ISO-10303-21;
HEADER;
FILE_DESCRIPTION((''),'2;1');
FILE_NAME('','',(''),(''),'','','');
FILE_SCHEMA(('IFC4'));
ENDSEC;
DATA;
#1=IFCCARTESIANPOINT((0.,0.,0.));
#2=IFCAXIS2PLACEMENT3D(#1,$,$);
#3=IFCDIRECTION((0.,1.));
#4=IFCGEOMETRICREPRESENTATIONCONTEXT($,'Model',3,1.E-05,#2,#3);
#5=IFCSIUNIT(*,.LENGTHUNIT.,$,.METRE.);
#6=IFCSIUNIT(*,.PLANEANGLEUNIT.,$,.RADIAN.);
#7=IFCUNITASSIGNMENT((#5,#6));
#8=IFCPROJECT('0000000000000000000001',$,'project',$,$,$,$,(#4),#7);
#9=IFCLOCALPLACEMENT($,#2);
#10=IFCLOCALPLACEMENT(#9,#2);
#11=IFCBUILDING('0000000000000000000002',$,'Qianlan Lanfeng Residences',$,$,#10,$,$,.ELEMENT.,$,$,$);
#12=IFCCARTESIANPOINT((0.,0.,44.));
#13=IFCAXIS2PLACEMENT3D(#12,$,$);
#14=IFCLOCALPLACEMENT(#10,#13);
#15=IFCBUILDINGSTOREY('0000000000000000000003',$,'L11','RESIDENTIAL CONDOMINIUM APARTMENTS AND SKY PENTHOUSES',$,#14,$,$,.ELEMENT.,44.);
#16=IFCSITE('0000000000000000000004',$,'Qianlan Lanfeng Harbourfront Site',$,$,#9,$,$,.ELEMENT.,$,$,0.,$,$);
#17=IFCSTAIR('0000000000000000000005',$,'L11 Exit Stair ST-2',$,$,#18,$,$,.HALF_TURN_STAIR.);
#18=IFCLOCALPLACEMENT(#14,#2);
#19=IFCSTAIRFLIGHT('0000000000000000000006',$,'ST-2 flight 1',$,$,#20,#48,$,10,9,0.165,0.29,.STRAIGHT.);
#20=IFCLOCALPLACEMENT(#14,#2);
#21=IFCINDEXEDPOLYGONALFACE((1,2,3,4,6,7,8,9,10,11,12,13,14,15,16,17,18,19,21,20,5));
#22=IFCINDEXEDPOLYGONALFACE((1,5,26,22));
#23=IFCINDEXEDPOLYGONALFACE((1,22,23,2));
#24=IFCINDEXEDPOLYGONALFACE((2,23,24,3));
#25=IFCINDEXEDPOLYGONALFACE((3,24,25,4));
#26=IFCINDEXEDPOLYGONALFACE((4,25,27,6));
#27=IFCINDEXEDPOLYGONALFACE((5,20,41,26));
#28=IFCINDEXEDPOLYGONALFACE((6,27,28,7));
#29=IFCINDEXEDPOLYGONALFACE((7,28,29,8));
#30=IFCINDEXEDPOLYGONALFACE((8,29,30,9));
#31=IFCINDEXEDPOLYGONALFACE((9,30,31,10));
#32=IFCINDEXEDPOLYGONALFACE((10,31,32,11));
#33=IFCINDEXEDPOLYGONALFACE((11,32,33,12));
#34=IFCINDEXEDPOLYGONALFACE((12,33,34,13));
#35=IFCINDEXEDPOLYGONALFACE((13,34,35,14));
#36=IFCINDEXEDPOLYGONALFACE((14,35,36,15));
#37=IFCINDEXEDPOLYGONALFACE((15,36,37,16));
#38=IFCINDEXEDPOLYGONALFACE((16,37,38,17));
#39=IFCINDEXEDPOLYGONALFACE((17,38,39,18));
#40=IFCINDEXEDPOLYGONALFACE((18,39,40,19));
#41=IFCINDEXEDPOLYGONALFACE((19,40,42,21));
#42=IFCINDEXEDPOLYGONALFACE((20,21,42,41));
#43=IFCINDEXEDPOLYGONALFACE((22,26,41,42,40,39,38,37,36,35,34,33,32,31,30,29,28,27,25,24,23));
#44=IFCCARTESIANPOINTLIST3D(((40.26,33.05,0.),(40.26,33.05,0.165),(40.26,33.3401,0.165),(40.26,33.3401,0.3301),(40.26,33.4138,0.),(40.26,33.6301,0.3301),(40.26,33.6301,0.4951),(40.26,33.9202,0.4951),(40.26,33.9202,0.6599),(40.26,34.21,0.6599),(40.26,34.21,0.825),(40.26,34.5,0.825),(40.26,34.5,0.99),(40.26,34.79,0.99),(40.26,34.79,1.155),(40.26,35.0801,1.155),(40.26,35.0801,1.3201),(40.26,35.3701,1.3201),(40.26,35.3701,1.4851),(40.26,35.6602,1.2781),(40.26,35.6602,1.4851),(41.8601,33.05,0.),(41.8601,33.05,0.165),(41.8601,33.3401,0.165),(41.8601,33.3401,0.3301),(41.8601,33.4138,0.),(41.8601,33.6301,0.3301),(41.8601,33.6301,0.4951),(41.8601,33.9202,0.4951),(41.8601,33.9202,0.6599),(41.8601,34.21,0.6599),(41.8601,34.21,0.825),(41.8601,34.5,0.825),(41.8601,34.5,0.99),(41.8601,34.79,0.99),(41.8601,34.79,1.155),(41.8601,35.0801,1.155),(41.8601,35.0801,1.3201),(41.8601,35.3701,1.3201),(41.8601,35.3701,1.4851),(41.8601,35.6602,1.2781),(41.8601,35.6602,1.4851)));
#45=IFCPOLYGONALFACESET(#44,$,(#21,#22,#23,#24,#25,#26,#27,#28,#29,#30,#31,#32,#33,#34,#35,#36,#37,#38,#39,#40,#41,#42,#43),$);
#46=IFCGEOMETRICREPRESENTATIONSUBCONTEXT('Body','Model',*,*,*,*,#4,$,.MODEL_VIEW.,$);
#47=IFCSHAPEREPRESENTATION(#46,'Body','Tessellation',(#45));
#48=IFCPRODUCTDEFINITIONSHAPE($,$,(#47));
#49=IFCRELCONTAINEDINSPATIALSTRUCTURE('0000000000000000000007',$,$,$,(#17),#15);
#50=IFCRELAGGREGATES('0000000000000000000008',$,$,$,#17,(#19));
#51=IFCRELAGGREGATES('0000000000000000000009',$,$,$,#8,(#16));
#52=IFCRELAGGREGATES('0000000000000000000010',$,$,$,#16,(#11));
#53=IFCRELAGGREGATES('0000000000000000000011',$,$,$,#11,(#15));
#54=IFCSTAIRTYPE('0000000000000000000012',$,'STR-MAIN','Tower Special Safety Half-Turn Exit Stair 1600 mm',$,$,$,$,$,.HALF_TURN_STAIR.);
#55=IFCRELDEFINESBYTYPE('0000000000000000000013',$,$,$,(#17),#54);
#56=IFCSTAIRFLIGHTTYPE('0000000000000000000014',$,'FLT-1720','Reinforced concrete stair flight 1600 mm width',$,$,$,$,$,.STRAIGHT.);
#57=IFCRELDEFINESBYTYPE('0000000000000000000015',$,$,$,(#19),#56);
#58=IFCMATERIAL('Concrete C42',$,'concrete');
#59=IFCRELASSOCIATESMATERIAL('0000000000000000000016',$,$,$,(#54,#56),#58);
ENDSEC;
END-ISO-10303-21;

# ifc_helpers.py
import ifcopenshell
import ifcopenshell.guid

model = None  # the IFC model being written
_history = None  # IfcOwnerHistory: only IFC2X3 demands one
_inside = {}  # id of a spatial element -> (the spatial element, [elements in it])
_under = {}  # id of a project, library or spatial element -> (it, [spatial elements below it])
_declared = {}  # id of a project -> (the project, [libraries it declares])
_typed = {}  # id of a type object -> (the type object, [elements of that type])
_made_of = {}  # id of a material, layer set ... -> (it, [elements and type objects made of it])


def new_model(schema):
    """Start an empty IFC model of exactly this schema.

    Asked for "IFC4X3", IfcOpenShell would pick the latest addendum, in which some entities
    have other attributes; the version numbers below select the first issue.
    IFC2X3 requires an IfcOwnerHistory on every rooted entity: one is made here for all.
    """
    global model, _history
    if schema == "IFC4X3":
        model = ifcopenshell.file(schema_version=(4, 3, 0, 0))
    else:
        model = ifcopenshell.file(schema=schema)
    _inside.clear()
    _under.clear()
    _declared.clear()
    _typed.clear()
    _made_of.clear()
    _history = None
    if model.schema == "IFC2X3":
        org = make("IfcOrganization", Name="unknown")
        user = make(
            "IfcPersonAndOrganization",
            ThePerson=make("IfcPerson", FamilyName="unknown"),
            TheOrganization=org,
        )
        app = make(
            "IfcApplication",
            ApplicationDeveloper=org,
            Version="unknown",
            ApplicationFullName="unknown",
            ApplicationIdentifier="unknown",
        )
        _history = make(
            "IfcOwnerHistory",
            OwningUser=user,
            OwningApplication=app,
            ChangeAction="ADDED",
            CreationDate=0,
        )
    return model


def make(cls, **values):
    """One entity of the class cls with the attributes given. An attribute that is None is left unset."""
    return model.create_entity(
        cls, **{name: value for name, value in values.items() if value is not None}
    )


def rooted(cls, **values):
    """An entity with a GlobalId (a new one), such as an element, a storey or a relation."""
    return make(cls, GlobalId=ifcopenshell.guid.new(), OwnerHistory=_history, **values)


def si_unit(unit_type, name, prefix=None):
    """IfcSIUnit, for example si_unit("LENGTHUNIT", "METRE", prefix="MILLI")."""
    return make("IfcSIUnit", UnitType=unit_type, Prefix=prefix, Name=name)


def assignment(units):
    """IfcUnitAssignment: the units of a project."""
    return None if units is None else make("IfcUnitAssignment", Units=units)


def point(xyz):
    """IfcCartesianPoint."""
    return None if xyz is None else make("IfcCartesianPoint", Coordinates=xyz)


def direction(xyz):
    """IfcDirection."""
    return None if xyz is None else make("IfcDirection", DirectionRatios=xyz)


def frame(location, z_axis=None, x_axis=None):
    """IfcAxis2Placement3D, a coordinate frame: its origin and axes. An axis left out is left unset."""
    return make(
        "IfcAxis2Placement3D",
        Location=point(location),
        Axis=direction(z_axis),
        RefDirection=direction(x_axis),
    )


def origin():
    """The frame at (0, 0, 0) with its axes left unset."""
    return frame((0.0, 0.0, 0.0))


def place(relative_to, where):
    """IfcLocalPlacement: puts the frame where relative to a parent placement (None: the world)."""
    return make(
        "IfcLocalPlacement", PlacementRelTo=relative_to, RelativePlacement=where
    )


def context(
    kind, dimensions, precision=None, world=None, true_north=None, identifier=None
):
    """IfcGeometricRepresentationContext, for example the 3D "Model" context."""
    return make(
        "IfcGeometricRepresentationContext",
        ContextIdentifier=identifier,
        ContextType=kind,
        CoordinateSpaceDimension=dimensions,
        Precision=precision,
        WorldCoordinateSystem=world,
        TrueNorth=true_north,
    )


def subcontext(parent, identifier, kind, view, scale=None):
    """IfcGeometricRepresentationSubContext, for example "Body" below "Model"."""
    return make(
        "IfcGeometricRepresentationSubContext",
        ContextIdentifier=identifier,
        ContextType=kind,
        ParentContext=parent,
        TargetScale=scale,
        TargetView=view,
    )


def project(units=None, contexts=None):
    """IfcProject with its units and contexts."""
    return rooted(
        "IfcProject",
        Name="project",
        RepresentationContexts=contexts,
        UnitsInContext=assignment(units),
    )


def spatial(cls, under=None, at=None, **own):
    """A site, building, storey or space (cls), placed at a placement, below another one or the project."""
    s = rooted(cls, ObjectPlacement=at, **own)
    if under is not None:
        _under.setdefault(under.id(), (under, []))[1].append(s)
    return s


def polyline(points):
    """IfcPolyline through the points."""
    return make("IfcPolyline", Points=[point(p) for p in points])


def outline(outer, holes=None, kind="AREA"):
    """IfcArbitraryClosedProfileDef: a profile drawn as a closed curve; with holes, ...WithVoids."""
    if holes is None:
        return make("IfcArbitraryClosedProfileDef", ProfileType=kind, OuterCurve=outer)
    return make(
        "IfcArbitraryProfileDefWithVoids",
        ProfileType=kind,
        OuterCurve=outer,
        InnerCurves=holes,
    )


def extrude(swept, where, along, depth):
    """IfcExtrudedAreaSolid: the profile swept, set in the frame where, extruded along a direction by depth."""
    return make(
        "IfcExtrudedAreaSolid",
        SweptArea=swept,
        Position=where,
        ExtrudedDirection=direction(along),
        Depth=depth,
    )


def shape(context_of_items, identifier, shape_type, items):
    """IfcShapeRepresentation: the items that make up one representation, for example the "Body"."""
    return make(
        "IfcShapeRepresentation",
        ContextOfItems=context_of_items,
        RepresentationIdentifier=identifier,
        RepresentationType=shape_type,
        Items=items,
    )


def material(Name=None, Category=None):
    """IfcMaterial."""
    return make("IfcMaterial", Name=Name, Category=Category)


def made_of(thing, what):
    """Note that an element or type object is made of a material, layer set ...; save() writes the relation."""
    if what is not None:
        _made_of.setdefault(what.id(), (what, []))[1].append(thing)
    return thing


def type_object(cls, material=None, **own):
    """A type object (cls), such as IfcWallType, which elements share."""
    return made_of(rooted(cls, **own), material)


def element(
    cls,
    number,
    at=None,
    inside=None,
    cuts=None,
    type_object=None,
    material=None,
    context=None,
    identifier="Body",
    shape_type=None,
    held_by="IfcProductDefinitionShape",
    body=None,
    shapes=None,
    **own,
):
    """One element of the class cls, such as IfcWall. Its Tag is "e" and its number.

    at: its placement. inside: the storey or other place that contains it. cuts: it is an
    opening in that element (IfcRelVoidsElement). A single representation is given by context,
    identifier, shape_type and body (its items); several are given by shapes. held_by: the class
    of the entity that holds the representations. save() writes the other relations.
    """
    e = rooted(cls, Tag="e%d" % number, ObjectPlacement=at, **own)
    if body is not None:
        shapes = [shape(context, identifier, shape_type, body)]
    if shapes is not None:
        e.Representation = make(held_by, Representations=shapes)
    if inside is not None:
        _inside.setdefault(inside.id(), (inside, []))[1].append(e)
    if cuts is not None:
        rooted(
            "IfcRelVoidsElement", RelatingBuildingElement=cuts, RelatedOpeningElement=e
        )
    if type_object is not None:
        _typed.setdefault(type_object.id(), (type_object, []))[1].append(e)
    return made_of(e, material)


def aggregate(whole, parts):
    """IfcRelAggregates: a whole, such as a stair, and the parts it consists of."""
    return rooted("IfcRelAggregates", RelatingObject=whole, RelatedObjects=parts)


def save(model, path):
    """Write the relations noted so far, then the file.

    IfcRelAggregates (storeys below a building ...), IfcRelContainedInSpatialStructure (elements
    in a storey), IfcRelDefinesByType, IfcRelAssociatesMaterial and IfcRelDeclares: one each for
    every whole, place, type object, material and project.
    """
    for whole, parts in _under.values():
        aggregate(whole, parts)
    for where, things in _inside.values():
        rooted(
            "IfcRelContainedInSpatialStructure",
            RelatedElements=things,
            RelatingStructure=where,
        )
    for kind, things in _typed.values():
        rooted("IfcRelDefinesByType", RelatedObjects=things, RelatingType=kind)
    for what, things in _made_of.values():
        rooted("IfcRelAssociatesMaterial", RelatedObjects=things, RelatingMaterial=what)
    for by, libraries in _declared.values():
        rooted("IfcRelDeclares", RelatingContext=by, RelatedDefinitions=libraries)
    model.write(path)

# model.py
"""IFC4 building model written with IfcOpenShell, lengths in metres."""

from ifc_helpers import new_model, si_unit, direction, frame, origin, place, context, subcontext, project, spatial, polyline, outline, extrude, material, type_object, element, aggregate, save


model = new_model("IFC4")

# Units and contexts
model_context = context("Model", 3, precision=1e-05, world=origin(), true_north=direction((0.0, 1.0)))
body_context = subcontext(model_context, "Body", "Model", "MODEL_VIEW")
ifc_project = project(units=[si_unit("LENGTHUNIT", "METRE"), si_unit("PLANEANGLEUNIT", "RADIAN")], contexts=[model_context])

# Site, building, storey
site_placement = place(None, origin())
site = spatial("IfcSite", under=ifc_project, at=site_placement, Name="Qianlan Lanfeng Harbourfront Site", CompositionType="ELEMENT", RefElevation=0.0)
building_placement = place(site_placement, origin())
building = spatial("IfcBuilding", under=site, at=building_placement, Name="Qianlan Lanfeng Residences", CompositionType="ELEMENT")
storey_placement = place(building_placement, frame((0.0, 0.0, 44.0)))
storey = spatial("IfcBuildingStorey", under=building, at=storey_placement, Name="L11", Description="RESIDENTIAL CONDOMINIUM APARTMENTS AND SKY PENTHOUSES", CompositionType="ELEMENT", Elevation=44.0)

# Shared definitions
ifc_material_1 = material(Name="Concrete C42", Category="concrete")

# Stair, stair flight
stair_type = type_object("IfcStairType", Name="STR-MAIN", Description="Tower Special Safety Half-Turn Exit Stair 1600 mm", PredefinedType="HALF_TURN_STAIR", material=ifc_material_1)
stair_placement = place(storey_placement, origin())
stair = element("IfcStair", 1, at=stair_placement, inside=storey, type_object=stair_type, Name="L11 Exit Stair ST-2", PredefinedType="HALF_TURN_STAIR")
stair_flight_type = type_object("IfcStairFlightType", Name="FLT-1720", Description="Reinforced concrete stair flight 1600 mm width", PredefinedType="STRAIGHT", material=ifc_material_1)
stair_flight_placement = place(storey_placement, frame((41.0601, 33.05, 0.0), z_axis=(0.0, 0.0, 1.0), x_axis=(0.0, 1.0, 0.0)))
stair_flight = element("IfcStairFlight", 2, at=stair_flight_placement, type_object=stair_flight_type, Name="ST-2 flight 1", NumberOfRisers=10, NumberOfTreads=9, PredefinedType="STRAIGHT", RiserHeight=0.165, TreadLength=0.29, context=body_context, shape_type="SweptSolid", body=[
    extrude(outline(polyline([(0.0, 0.0), (0.0, 0.165), (0.29, 0.165), (0.29, 0.3301), (0.5801, 0.3301), (0.5801, 0.4951), (0.8701, 0.4951), (0.8701, 0.6599), (1.1599, 0.6599), (1.1599, 0.825), (1.45, 0.825), (1.45, 0.99), (1.74, 0.99), (1.74, 1.155), (2.03, 1.155), (2.03, 1.3201), (2.3201, 1.3201), (2.3201, 1.4851), (2.6101, 1.4851), (2.6101, 1.6499), (2.6101, 1.2781), (0.3638, 0.0), (0.0, 0.0)])), frame((0.0, 0.8, 0.0), z_axis=(0.0, -1.0, 0.0), x_axis=(1.0, 0.0, 0.0)), (0.0, 0.0, 1.0), 1.6001),
])
aggregate(stair, [stair_flight])

save(model, "model.ifc")
